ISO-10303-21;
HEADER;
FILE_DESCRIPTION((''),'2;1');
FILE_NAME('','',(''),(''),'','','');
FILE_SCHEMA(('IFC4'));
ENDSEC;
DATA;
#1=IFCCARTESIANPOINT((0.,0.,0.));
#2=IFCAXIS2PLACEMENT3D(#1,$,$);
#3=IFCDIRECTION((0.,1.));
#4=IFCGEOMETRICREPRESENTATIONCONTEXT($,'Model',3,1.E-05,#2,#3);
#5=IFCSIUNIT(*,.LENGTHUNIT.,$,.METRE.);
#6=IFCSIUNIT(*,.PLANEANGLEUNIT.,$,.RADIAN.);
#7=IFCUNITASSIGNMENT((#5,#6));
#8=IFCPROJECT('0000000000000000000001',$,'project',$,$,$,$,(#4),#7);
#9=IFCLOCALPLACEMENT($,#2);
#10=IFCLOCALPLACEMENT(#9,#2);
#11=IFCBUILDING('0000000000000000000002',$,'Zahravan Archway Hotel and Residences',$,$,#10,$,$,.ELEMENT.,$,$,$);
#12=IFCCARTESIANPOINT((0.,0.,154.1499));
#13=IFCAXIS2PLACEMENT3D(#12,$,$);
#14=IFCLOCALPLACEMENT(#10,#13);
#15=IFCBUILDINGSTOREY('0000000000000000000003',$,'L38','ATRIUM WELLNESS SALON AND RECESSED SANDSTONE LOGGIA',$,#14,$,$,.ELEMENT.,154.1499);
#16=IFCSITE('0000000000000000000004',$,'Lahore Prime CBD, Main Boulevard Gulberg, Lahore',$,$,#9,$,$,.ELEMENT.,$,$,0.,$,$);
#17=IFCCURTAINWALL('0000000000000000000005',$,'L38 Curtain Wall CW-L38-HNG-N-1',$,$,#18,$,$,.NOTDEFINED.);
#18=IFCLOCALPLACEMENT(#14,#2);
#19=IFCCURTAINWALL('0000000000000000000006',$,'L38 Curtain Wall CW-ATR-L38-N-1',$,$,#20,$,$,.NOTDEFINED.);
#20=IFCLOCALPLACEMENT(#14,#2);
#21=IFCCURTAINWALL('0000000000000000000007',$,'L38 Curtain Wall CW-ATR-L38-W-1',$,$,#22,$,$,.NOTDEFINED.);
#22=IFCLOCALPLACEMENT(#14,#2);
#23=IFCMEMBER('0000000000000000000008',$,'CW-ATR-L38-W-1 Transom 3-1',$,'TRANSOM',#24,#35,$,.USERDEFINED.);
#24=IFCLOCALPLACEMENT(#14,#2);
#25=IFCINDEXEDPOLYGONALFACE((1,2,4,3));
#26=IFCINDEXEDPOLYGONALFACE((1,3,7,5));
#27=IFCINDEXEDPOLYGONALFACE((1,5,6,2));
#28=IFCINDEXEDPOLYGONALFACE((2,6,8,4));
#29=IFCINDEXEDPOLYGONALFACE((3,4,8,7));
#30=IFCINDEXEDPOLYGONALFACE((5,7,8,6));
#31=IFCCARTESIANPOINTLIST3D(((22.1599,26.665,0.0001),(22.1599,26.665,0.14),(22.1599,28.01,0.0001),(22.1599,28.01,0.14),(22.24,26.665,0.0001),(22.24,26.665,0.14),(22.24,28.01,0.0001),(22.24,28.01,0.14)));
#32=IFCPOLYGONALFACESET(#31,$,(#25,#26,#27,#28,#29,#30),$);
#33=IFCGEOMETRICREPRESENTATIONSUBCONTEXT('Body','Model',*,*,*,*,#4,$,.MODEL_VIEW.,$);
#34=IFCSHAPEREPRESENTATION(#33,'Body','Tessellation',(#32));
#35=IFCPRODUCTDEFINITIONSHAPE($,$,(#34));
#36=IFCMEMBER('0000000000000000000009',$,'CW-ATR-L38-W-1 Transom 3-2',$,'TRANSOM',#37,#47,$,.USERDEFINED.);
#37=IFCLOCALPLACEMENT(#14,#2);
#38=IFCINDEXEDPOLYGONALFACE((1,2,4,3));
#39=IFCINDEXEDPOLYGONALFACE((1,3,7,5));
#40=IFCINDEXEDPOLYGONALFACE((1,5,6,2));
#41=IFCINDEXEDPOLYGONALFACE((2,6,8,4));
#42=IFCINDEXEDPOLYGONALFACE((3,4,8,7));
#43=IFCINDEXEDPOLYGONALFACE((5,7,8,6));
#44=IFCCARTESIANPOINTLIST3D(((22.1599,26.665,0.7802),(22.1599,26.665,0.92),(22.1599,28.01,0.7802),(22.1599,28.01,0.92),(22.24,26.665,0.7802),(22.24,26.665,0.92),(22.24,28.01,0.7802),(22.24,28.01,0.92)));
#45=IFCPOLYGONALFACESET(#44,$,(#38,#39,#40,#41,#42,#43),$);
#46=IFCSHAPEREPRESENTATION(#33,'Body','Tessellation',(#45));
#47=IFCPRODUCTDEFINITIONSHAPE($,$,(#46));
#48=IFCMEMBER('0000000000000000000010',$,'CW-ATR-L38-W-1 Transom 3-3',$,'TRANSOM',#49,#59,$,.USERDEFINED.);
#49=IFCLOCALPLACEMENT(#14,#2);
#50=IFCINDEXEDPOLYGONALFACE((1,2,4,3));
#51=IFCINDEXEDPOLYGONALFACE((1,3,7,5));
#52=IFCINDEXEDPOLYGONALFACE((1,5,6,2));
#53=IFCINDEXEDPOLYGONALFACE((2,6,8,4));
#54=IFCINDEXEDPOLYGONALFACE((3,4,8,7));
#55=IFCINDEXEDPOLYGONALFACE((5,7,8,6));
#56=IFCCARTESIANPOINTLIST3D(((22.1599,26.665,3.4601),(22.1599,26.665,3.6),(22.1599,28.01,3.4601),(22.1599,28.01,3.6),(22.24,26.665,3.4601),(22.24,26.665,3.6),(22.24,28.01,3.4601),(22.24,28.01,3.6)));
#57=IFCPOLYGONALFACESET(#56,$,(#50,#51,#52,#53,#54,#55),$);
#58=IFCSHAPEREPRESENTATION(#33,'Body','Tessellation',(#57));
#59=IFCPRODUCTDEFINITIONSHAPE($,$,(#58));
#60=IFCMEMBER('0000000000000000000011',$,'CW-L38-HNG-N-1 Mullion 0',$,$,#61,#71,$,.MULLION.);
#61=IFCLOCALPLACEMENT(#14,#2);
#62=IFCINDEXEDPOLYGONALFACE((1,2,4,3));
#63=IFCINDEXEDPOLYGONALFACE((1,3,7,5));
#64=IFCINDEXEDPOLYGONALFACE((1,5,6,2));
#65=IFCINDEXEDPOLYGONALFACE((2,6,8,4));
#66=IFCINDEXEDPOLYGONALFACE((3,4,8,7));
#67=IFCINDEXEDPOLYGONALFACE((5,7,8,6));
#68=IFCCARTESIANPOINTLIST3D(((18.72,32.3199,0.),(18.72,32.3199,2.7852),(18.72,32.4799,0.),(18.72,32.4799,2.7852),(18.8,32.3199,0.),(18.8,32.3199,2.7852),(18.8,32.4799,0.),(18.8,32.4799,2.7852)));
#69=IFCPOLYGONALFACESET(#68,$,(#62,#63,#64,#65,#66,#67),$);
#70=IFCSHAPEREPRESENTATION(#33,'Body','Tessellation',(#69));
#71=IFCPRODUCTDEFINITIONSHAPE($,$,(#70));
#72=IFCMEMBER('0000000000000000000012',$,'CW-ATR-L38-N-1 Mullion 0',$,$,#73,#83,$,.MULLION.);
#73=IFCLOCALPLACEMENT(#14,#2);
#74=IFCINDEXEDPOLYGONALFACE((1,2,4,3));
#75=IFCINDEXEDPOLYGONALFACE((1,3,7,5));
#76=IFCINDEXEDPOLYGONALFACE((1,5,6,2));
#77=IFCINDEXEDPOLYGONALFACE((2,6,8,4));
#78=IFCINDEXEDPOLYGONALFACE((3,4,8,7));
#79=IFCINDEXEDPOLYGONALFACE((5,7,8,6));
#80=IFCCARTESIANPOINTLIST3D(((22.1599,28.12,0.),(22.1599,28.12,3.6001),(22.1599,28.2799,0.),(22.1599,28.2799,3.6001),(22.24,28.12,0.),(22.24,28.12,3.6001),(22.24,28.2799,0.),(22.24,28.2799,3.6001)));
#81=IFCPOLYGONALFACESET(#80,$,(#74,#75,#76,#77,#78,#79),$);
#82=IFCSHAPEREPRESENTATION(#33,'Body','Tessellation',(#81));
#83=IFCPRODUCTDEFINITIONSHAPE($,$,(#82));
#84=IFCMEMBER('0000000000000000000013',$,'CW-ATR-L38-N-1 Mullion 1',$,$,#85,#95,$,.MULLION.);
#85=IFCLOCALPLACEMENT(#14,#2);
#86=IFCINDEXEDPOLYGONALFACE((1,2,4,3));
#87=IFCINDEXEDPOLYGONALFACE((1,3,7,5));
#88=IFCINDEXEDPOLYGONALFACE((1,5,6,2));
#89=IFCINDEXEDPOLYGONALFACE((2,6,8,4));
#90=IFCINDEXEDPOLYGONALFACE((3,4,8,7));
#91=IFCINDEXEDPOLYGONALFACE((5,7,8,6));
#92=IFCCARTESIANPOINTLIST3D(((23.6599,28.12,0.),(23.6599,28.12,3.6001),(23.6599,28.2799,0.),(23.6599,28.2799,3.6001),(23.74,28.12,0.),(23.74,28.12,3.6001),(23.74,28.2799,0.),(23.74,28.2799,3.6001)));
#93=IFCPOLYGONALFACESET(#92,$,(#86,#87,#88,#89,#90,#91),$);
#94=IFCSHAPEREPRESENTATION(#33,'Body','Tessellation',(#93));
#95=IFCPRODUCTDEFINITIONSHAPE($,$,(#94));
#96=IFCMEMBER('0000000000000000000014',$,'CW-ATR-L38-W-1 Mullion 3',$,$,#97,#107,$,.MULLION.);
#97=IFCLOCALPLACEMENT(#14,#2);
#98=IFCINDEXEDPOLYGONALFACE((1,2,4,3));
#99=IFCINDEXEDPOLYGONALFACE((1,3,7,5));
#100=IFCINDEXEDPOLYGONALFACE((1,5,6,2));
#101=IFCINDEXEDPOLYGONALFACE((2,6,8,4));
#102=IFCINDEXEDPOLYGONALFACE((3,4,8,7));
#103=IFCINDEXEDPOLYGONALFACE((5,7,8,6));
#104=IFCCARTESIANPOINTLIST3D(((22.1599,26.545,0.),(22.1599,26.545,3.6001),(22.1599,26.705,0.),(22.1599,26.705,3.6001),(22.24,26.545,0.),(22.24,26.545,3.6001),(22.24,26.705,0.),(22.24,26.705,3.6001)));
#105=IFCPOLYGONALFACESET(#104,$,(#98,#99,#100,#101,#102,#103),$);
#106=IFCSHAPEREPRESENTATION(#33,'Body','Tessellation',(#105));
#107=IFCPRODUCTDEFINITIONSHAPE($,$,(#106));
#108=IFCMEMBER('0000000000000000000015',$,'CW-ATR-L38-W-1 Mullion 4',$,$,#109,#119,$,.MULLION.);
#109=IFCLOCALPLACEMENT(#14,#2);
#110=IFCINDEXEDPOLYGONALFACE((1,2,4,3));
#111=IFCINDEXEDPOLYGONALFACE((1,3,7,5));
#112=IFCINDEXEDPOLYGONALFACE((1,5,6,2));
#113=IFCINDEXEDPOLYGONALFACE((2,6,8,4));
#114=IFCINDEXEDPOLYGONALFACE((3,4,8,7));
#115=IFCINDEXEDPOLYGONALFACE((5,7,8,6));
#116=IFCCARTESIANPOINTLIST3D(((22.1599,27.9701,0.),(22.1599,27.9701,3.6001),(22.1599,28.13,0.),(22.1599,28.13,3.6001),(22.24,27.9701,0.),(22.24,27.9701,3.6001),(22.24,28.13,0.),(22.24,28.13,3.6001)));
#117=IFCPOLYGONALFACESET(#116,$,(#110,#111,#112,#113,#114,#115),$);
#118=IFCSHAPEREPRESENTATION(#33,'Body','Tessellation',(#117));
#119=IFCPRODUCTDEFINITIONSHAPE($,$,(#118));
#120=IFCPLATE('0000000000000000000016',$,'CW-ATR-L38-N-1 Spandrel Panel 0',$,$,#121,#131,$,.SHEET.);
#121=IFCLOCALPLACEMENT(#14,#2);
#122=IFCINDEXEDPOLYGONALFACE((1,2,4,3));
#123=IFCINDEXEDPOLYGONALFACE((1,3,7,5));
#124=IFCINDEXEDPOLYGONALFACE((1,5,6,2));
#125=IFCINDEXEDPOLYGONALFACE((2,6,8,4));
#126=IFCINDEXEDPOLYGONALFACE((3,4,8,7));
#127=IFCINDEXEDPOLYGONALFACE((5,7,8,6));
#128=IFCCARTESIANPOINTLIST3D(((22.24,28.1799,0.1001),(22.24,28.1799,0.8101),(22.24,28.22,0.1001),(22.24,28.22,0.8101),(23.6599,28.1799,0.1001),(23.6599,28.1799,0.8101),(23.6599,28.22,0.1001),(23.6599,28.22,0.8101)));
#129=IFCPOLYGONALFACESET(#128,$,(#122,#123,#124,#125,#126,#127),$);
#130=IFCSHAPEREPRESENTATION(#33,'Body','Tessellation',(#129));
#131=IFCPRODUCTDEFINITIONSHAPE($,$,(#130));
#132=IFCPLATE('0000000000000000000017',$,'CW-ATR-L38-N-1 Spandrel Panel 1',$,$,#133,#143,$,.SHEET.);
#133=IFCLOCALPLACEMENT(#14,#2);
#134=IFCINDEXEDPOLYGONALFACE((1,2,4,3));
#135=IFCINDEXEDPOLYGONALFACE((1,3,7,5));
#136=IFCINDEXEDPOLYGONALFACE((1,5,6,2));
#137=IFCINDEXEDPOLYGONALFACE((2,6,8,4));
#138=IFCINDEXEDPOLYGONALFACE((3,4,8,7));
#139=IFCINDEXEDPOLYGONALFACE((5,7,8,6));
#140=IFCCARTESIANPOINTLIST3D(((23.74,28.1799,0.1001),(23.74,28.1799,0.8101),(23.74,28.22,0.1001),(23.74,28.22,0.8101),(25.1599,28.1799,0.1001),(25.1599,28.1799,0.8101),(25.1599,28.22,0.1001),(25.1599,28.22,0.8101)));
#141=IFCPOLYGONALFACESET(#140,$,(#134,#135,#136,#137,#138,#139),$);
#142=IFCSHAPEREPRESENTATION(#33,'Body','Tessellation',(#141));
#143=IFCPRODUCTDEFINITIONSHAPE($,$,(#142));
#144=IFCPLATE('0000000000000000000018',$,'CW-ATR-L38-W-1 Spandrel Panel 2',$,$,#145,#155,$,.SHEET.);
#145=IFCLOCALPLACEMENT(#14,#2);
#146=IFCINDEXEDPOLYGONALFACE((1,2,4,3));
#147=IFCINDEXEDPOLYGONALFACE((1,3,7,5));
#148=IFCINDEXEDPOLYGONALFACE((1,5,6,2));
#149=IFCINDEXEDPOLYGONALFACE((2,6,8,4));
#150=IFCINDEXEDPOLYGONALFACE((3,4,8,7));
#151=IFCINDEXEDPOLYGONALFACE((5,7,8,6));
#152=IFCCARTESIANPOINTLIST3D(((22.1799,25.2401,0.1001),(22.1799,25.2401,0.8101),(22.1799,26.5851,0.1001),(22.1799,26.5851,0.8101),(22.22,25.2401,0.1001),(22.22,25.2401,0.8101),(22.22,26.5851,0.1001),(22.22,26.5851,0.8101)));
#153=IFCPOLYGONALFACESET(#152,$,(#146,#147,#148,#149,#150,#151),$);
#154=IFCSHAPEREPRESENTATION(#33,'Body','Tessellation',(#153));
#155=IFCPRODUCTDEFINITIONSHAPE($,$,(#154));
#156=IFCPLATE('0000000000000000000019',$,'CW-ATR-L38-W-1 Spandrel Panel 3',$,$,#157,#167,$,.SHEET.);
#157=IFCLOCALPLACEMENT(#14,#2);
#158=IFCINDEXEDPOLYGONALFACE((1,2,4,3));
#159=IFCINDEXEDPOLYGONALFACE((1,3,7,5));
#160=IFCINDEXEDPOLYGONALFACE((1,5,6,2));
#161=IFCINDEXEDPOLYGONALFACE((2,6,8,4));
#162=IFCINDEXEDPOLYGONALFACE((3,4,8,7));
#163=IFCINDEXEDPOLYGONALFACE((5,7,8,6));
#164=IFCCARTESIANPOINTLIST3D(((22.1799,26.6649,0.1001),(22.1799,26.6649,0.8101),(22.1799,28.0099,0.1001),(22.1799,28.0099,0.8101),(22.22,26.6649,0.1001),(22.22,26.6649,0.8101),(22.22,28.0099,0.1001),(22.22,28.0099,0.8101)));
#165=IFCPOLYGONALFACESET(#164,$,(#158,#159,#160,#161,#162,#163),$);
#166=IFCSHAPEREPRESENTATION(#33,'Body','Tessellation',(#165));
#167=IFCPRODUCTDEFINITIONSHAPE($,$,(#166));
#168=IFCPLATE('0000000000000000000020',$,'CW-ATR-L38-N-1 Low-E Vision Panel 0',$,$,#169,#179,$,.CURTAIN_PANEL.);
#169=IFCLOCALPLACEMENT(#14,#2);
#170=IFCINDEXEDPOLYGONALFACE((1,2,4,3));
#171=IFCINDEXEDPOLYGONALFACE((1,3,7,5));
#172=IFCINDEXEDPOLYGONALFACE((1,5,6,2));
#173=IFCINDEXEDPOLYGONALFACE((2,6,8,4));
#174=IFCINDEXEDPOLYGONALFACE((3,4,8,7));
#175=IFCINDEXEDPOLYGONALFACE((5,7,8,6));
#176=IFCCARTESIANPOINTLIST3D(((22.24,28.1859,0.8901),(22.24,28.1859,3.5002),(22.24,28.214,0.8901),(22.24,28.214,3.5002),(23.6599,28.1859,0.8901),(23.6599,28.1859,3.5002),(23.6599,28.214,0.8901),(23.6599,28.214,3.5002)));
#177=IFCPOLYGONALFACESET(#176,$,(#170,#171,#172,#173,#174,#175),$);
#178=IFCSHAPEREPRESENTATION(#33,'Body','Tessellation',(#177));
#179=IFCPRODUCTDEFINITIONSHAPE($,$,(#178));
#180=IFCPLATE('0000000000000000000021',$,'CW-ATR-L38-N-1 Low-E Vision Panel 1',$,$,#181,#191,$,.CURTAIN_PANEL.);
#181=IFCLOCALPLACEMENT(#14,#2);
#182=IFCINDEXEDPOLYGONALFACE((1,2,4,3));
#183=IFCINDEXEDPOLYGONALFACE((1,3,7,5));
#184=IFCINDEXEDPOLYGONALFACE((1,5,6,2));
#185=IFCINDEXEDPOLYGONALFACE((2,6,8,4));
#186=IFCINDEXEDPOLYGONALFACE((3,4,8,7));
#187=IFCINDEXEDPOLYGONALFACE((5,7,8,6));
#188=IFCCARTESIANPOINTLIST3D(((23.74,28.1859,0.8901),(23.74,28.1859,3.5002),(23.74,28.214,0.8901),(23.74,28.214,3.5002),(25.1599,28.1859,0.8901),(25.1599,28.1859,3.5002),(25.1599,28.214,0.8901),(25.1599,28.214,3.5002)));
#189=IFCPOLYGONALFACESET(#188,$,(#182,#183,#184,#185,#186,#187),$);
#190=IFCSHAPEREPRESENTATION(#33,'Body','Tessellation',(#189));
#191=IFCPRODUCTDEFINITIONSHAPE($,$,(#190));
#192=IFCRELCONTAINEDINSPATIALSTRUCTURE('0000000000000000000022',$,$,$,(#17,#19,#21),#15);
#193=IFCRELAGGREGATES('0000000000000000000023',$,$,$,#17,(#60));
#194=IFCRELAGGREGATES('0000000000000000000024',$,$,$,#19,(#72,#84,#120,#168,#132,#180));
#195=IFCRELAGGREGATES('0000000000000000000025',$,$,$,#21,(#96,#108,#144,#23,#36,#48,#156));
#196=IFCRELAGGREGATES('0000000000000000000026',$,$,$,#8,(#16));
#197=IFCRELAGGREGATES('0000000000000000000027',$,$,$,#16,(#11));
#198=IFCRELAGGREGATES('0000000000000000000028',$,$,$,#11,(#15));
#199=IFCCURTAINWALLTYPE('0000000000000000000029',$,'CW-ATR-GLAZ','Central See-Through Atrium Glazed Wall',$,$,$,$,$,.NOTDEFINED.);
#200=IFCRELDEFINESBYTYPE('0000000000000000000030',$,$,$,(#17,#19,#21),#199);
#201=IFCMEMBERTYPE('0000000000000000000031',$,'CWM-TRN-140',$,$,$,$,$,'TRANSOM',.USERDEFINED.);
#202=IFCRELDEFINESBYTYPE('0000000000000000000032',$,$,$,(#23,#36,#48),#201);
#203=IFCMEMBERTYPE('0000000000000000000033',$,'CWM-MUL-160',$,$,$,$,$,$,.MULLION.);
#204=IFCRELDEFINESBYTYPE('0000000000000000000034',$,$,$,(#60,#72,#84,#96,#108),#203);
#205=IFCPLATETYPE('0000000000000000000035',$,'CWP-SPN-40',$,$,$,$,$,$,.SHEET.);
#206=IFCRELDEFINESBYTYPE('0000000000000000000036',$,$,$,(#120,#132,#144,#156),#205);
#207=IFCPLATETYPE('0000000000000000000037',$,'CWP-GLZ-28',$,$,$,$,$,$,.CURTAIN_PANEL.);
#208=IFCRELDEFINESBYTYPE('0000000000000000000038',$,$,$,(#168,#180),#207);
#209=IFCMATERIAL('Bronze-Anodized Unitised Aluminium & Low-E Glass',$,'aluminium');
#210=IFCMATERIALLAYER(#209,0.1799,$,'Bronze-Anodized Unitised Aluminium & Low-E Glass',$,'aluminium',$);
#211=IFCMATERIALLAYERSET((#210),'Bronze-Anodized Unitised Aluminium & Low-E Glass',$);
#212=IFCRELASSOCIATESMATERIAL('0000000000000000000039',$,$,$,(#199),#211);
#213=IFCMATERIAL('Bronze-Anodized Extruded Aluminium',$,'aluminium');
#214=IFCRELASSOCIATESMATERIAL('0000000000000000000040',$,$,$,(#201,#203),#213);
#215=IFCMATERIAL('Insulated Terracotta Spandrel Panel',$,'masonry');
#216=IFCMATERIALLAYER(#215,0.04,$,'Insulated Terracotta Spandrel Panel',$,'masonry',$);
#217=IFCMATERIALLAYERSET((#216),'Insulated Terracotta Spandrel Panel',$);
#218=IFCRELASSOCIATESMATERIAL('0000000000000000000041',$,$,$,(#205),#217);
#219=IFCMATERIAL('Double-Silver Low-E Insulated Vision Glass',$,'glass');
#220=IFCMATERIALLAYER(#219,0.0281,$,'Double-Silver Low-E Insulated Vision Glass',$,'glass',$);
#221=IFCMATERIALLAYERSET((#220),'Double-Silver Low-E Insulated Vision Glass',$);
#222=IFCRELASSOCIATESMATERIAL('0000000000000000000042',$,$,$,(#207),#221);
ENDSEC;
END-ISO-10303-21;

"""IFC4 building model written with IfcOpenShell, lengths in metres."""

from ifc_helpers import new_model, si_unit, direction, frame, origin, origin_2d, place, context, subcontext, project, spatial, rectangle, extrude, source, transform, mapped, material, layer, layer_set, material_profile, profile_set, type_object, element, aggregate, save


model = new_model("IFC4")

# Units and contexts
model_context = context("Model", 3, precision=1e-05, world=origin(), true_north=direction((0.0, 1.0)))
body_context = subcontext(model_context, "Body", "Model", "MODEL_VIEW")
ifc_project = project(units=[si_unit("LENGTHUNIT", "METRE"), si_unit("PLANEANGLEUNIT", "RADIAN")], contexts=[model_context])

# Site, building, storey
site_placement = place(None, origin())
site = spatial("IfcSite", under=ifc_project, at=site_placement, Name="Lahore Prime CBD, Main Boulevard Gulberg, Lahore", CompositionType="ELEMENT", RefElevation=0.0)
building_placement = place(site_placement, origin())
building = spatial("IfcBuilding", under=site, at=building_placement, Name="Zahravan Archway Hotel and Residences", CompositionType="ELEMENT")
storey_placement = place(building_placement, frame((0.0, 0.0, 154.1499)))
storey = spatial("IfcBuildingStorey", under=building, at=storey_placement, Name="L38", Description="ATRIUM WELLNESS SALON AND RECESSED SANDSTONE LOGGIA", CompositionType="ELEMENT", Elevation=154.1499)

# Curtain walls, members
ifc_material_1 = material(Name="Bronze-Anodized Unitised Aluminium & Low-E Glass", Category="aluminium")
ifc_layer_1 = layer(ifc_material_1, 0.1799, Name="Bronze-Anodized Unitised Aluminium & Low-E Glass", Category="aluminium")
ifc_layer_set_1 = layer_set([ifc_layer_1], Name="Bronze-Anodized Unitised Aluminium & Low-E Glass")
curtain_wall_type = type_object("IfcCurtainWallType", Name="CW-ATR-GLAZ", Description="Central See-Through Atrium Glazed Wall", PredefinedType="NOTDEFINED", material=ifc_layer_set_1)
curtain_wall_1_placement = place(storey_placement, origin())
curtain_wall_1 = element("IfcCurtainWall", 1, at=curtain_wall_1_placement, inside=storey, type_object=curtain_wall_type, Name="L38 Curtain Wall CW-L38-HNG-N-1", PredefinedType="NOTDEFINED")
ifc_material_2 = material(Name="Bronze-Anodized Extruded Aluminium", Category="aluminium")
ifc_material_profile_1 = material_profile(ifc_material_2, rectangle(XDim=0.0801, YDim=0.1399, at=origin_2d()), Name="TRN 80x140", Category="aluminium")
ifc_profile_set_1 = profile_set([ifc_material_profile_1], Name="Bronze-Anodized Extruded Aluminium")
member_type_1 = type_object("IfcMemberType", Name="CWM-TRN-140", ElementType="TRANSOM", PredefinedType="USERDEFINED", material=ifc_profile_set_1)
curtain_wall_2_placement = place(storey_placement, origin())
curtain_wall_2 = element("IfcCurtainWall", 2, at=curtain_wall_2_placement, inside=storey, type_object=curtain_wall_type, Name="L38 Curtain Wall CW-ATR-L38-N-1", PredefinedType="NOTDEFINED")
curtain_wall_3_placement = place(storey_placement, origin())
curtain_wall_3 = element("IfcCurtainWall", 3, at=curtain_wall_3_placement, inside=storey, type_object=curtain_wall_type, Name="L38 Curtain Wall CW-ATR-L38-W-1", PredefinedType="NOTDEFINED")
shared_shape_1 = source(origin(), body_context, "Body", "SweptSolid", [
    extrude(rectangle(XDim=0.0801, YDim=0.1399, at=origin_2d()), origin(), (0.0, 0.0, 1.0), 1.345),
])
member_1_placement = place(storey_placement, frame((22.2, 26.665, 0.0701), z_axis=(0.0, 1.0, 0.0), x_axis=(-1.0, 0.0, 0.0)))
member_1 = element("IfcMember", 4, at=member_1_placement, type_object=member_type_1, Name="CW-ATR-L38-W-1 Transom 3-1", ObjectType="TRANSOM", PredefinedType="USERDEFINED", context=body_context, shape_type="MappedRepresentation", body=[
    mapped(shared_shape_1, transform((0.0, 0.0, 0.0), scale=1.0)),
])
member_2_placement = place(storey_placement, frame((22.2, 26.665, 0.8501), z_axis=(0.0, 1.0, 0.0), x_axis=(-1.0, 0.0, 0.0)))
member_2 = element("IfcMember", 5, at=member_2_placement, type_object=member_type_1, Name="CW-ATR-L38-W-1 Transom 3-2", ObjectType="TRANSOM", PredefinedType="USERDEFINED", context=body_context, shape_type="MappedRepresentation", body=[
    mapped(shared_shape_1, transform((0.0, 0.0, 0.0), scale=1.0)),
])
member_3_placement = place(storey_placement, frame((22.2, 26.665, 3.53), z_axis=(0.0, 1.0, 0.0), x_axis=(-1.0, 0.0, 0.0)))
member_3 = element("IfcMember", 6, at=member_3_placement, type_object=member_type_1, Name="CW-ATR-L38-W-1 Transom 3-3", ObjectType="TRANSOM", PredefinedType="USERDEFINED", context=body_context, shape_type="MappedRepresentation", body=[
    mapped(shared_shape_1, transform((0.0, 0.0, 0.0), scale=1.0)),
])

# Members
ifc_material_profile_2 = material_profile(ifc_material_2, rectangle(XDim=0.0801, YDim=0.1599, at=origin_2d()), Name="MUL 80x160", Category="aluminium")
ifc_profile_set_2 = profile_set([ifc_material_profile_2], Name="Bronze-Anodized Extruded Aluminium")
member_type_2 = type_object("IfcMemberType", Name="CWM-MUL-160", PredefinedType="MULLION", material=ifc_profile_set_2)
shared_shape_2 = source(origin(), body_context, "Body", "SweptSolid", [
    extrude(rectangle(XDim=0.0801, YDim=0.1599, at=origin_2d()), origin(), (0.0, 0.0, 1.0), 2.7852),
])
member_4_placement = place(storey_placement, frame((18.76, 32.3999, 0.0), z_axis=(0.0, 0.0, 1.0), x_axis=(1.0, 0.0, 0.0)))
member_4 = element("IfcMember", 7, at=member_4_placement, type_object=member_type_2, Name="CW-L38-HNG-N-1 Mullion 0", PredefinedType="MULLION", context=body_context, shape_type="MappedRepresentation", body=[
    mapped(shared_shape_2, transform((0.0, 0.0, 0.0), scale=1.0)),
])
aggregate(curtain_wall_1, [member_4])
shared_shape_3 = source(origin(), body_context, "Body", "SweptSolid", [
    extrude(rectangle(XDim=0.0801, YDim=0.1599, at=origin_2d()), origin(), (0.0, 0.0, 1.0), 3.6001),
])
member_5_placement = place(storey_placement, frame((22.2, 28.2, 0.0), z_axis=(0.0, 0.0, 1.0), x_axis=(1.0, 0.0, 0.0)))
member_5 = element("IfcMember", 8, at=member_5_placement, type_object=member_type_2, Name="CW-ATR-L38-N-1 Mullion 0", PredefinedType="MULLION", context=body_context, shape_type="MappedRepresentation", body=[
    mapped(shared_shape_3, transform((0.0, 0.0, 0.0), scale=1.0)),
])
member_6_placement = place(storey_placement, frame((23.7, 28.2, 0.0), z_axis=(0.0, 0.0, 1.0), x_axis=(1.0, 0.0, 0.0)))
member_6 = element("IfcMember", 9, at=member_6_placement, type_object=member_type_2, Name="CW-ATR-L38-N-1 Mullion 1", PredefinedType="MULLION", context=body_context, shape_type="MappedRepresentation", body=[
    mapped(shared_shape_3, transform((0.0, 0.0, 0.0), scale=1.0)),
])
member_7_placement = place(storey_placement, frame((22.2, 26.625, 0.0), z_axis=(0.0, 0.0, 1.0), x_axis=(1.0, 0.0, 0.0)))
member_7 = element("IfcMember", 10, at=member_7_placement, type_object=member_type_2, Name="CW-ATR-L38-W-1 Mullion 3", PredefinedType="MULLION", context=body_context, shape_type="MappedRepresentation", body=[
    mapped(shared_shape_3, transform((0.0, 0.0, 0.0), scale=1.0)),
])
member_8_placement = place(storey_placement, frame((22.2, 28.05, 0.0), z_axis=(0.0, 0.0, 1.0), x_axis=(1.0, 0.0, 0.0)))
member_8 = element("IfcMember", 11, at=member_8_placement, type_object=member_type_2, Name="CW-ATR-L38-W-1 Mullion 4", PredefinedType="MULLION", context=body_context, shape_type="MappedRepresentation", body=[
    mapped(shared_shape_3, transform((0.0, 0.0, 0.0), scale=1.0)),
])

# Plates
ifc_material_3 = material(Name="Insulated Terracotta Spandrel Panel", Category="masonry")
ifc_layer_2 = layer(ifc_material_3, 0.04, Name="Insulated Terracotta Spandrel Panel", Category="masonry")
ifc_layer_set_2 = layer_set([ifc_layer_2], Name="Insulated Terracotta Spandrel Panel")
plate_type_1 = type_object("IfcPlateType", Name="CWP-SPN-40", PredefinedType="SHEET", material=ifc_layer_set_2)
shared_shape_4 = source(origin(), body_context, "Body", "SweptSolid", [
    extrude(rectangle(XDim=1.4199, YDim=0.04, at=origin_2d()), origin(), (0.0, 0.0, 1.0), 0.71),
])
plate_1_placement = place(storey_placement, frame((22.95, 28.2, 0.1001), z_axis=(0.0, 0.0, 1.0), x_axis=(1.0, 0.0, 0.0)))
plate_1 = element("IfcPlate", 12, at=plate_1_placement, type_object=plate_type_1, Name="CW-ATR-L38-N-1 Spandrel Panel 0", PredefinedType="SHEET", context=body_context, shape_type="MappedRepresentation", body=[
    mapped(shared_shape_4, transform((0.0, 0.0, 0.0), scale=1.0)),
])
plate_2_placement = place(storey_placement, frame((24.45, 28.2, 0.1001), z_axis=(0.0, 0.0, 1.0), x_axis=(1.0, 0.0, 0.0)))
plate_2 = element("IfcPlate", 13, at=plate_2_placement, type_object=plate_type_1, Name="CW-ATR-L38-N-1 Spandrel Panel 1", PredefinedType="SHEET", context=body_context, shape_type="MappedRepresentation", body=[
    mapped(shared_shape_4, transform((0.0, 0.0, 0.0), scale=1.0)),
])
shared_shape_5 = source(origin(), body_context, "Body", "SweptSolid", [
    extrude(rectangle(XDim=1.345, YDim=0.04, at=origin_2d()), origin(), (0.0, 0.0, 1.0), 0.71),
])
plate_3_placement = place(storey_placement, frame((22.2, 25.9126, 0.1001), z_axis=(0.0, 0.0, 1.0), x_axis=(0.0, 1.0, 0.0)))
plate_3 = element("IfcPlate", 14, at=plate_3_placement, type_object=plate_type_1, Name="CW-ATR-L38-W-1 Spandrel Panel 2", PredefinedType="SHEET", context=body_context, shape_type="MappedRepresentation", body=[
    mapped(shared_shape_5, transform((0.0, 0.0, 0.0), scale=1.0)),
])
plate_4_placement = place(storey_placement, frame((22.2, 27.3374, 0.1001), z_axis=(0.0, 0.0, 1.0), x_axis=(0.0, 1.0, 0.0)))
plate_4 = element("IfcPlate", 15, at=plate_4_placement, type_object=plate_type_1, Name="CW-ATR-L38-W-1 Spandrel Panel 3", PredefinedType="SHEET", context=body_context, shape_type="MappedRepresentation", body=[
    mapped(shared_shape_5, transform((0.0, 0.0, 0.0), scale=1.0)),
])
ifc_material_4 = material(Name="Double-Silver Low-E Insulated Vision Glass", Category="glass")
ifc_layer_3 = layer(ifc_material_4, 0.0281, Name="Double-Silver Low-E Insulated Vision Glass", Category="glass")
ifc_layer_set_3 = layer_set([ifc_layer_3], Name="Double-Silver Low-E Insulated Vision Glass")
plate_type_2 = type_object("IfcPlateType", Name="CWP-GLZ-28", PredefinedType="CURTAIN_PANEL", material=ifc_layer_set_3)
shared_shape_6 = source(origin(), body_context, "Body", "SweptSolid", [
    extrude(rectangle(XDim=1.4199, YDim=0.0281, at=origin_2d()), origin(), (0.0, 0.0, 1.0), 2.6101),
])
plate_5_placement = place(storey_placement, frame((22.95, 28.2, 0.8901), z_axis=(0.0, 0.0, 1.0), x_axis=(1.0, 0.0, 0.0)))
plate_5 = element("IfcPlate", 16, at=plate_5_placement, type_object=plate_type_2, Name="CW-ATR-L38-N-1 Low-E Vision Panel 0", PredefinedType="CURTAIN_PANEL", context=body_context, shape_type="MappedRepresentation", body=[
    mapped(shared_shape_6, transform((0.0, 0.0, 0.0), scale=1.0)),
])
plate_6_placement = place(storey_placement, frame((24.45, 28.2, 0.8901), z_axis=(0.0, 0.0, 1.0), x_axis=(1.0, 0.0, 0.0)))
plate_6 = element("IfcPlate", 17, at=plate_6_placement, type_object=plate_type_2, Name="CW-ATR-L38-N-1 Low-E Vision Panel 1", PredefinedType="CURTAIN_PANEL", context=body_context, shape_type="MappedRepresentation", body=[
    mapped(shared_shape_6, transform((0.0, 0.0, 0.0), scale=1.0)),
])
aggregate(curtain_wall_2, [member_5, member_6, plate_1, plate_5, plate_2, plate_6])
aggregate(curtain_wall_3, [member_7, member_8, plate_3, member_1, member_2, member_3, plate_4])

save(model, "model.ifc")
